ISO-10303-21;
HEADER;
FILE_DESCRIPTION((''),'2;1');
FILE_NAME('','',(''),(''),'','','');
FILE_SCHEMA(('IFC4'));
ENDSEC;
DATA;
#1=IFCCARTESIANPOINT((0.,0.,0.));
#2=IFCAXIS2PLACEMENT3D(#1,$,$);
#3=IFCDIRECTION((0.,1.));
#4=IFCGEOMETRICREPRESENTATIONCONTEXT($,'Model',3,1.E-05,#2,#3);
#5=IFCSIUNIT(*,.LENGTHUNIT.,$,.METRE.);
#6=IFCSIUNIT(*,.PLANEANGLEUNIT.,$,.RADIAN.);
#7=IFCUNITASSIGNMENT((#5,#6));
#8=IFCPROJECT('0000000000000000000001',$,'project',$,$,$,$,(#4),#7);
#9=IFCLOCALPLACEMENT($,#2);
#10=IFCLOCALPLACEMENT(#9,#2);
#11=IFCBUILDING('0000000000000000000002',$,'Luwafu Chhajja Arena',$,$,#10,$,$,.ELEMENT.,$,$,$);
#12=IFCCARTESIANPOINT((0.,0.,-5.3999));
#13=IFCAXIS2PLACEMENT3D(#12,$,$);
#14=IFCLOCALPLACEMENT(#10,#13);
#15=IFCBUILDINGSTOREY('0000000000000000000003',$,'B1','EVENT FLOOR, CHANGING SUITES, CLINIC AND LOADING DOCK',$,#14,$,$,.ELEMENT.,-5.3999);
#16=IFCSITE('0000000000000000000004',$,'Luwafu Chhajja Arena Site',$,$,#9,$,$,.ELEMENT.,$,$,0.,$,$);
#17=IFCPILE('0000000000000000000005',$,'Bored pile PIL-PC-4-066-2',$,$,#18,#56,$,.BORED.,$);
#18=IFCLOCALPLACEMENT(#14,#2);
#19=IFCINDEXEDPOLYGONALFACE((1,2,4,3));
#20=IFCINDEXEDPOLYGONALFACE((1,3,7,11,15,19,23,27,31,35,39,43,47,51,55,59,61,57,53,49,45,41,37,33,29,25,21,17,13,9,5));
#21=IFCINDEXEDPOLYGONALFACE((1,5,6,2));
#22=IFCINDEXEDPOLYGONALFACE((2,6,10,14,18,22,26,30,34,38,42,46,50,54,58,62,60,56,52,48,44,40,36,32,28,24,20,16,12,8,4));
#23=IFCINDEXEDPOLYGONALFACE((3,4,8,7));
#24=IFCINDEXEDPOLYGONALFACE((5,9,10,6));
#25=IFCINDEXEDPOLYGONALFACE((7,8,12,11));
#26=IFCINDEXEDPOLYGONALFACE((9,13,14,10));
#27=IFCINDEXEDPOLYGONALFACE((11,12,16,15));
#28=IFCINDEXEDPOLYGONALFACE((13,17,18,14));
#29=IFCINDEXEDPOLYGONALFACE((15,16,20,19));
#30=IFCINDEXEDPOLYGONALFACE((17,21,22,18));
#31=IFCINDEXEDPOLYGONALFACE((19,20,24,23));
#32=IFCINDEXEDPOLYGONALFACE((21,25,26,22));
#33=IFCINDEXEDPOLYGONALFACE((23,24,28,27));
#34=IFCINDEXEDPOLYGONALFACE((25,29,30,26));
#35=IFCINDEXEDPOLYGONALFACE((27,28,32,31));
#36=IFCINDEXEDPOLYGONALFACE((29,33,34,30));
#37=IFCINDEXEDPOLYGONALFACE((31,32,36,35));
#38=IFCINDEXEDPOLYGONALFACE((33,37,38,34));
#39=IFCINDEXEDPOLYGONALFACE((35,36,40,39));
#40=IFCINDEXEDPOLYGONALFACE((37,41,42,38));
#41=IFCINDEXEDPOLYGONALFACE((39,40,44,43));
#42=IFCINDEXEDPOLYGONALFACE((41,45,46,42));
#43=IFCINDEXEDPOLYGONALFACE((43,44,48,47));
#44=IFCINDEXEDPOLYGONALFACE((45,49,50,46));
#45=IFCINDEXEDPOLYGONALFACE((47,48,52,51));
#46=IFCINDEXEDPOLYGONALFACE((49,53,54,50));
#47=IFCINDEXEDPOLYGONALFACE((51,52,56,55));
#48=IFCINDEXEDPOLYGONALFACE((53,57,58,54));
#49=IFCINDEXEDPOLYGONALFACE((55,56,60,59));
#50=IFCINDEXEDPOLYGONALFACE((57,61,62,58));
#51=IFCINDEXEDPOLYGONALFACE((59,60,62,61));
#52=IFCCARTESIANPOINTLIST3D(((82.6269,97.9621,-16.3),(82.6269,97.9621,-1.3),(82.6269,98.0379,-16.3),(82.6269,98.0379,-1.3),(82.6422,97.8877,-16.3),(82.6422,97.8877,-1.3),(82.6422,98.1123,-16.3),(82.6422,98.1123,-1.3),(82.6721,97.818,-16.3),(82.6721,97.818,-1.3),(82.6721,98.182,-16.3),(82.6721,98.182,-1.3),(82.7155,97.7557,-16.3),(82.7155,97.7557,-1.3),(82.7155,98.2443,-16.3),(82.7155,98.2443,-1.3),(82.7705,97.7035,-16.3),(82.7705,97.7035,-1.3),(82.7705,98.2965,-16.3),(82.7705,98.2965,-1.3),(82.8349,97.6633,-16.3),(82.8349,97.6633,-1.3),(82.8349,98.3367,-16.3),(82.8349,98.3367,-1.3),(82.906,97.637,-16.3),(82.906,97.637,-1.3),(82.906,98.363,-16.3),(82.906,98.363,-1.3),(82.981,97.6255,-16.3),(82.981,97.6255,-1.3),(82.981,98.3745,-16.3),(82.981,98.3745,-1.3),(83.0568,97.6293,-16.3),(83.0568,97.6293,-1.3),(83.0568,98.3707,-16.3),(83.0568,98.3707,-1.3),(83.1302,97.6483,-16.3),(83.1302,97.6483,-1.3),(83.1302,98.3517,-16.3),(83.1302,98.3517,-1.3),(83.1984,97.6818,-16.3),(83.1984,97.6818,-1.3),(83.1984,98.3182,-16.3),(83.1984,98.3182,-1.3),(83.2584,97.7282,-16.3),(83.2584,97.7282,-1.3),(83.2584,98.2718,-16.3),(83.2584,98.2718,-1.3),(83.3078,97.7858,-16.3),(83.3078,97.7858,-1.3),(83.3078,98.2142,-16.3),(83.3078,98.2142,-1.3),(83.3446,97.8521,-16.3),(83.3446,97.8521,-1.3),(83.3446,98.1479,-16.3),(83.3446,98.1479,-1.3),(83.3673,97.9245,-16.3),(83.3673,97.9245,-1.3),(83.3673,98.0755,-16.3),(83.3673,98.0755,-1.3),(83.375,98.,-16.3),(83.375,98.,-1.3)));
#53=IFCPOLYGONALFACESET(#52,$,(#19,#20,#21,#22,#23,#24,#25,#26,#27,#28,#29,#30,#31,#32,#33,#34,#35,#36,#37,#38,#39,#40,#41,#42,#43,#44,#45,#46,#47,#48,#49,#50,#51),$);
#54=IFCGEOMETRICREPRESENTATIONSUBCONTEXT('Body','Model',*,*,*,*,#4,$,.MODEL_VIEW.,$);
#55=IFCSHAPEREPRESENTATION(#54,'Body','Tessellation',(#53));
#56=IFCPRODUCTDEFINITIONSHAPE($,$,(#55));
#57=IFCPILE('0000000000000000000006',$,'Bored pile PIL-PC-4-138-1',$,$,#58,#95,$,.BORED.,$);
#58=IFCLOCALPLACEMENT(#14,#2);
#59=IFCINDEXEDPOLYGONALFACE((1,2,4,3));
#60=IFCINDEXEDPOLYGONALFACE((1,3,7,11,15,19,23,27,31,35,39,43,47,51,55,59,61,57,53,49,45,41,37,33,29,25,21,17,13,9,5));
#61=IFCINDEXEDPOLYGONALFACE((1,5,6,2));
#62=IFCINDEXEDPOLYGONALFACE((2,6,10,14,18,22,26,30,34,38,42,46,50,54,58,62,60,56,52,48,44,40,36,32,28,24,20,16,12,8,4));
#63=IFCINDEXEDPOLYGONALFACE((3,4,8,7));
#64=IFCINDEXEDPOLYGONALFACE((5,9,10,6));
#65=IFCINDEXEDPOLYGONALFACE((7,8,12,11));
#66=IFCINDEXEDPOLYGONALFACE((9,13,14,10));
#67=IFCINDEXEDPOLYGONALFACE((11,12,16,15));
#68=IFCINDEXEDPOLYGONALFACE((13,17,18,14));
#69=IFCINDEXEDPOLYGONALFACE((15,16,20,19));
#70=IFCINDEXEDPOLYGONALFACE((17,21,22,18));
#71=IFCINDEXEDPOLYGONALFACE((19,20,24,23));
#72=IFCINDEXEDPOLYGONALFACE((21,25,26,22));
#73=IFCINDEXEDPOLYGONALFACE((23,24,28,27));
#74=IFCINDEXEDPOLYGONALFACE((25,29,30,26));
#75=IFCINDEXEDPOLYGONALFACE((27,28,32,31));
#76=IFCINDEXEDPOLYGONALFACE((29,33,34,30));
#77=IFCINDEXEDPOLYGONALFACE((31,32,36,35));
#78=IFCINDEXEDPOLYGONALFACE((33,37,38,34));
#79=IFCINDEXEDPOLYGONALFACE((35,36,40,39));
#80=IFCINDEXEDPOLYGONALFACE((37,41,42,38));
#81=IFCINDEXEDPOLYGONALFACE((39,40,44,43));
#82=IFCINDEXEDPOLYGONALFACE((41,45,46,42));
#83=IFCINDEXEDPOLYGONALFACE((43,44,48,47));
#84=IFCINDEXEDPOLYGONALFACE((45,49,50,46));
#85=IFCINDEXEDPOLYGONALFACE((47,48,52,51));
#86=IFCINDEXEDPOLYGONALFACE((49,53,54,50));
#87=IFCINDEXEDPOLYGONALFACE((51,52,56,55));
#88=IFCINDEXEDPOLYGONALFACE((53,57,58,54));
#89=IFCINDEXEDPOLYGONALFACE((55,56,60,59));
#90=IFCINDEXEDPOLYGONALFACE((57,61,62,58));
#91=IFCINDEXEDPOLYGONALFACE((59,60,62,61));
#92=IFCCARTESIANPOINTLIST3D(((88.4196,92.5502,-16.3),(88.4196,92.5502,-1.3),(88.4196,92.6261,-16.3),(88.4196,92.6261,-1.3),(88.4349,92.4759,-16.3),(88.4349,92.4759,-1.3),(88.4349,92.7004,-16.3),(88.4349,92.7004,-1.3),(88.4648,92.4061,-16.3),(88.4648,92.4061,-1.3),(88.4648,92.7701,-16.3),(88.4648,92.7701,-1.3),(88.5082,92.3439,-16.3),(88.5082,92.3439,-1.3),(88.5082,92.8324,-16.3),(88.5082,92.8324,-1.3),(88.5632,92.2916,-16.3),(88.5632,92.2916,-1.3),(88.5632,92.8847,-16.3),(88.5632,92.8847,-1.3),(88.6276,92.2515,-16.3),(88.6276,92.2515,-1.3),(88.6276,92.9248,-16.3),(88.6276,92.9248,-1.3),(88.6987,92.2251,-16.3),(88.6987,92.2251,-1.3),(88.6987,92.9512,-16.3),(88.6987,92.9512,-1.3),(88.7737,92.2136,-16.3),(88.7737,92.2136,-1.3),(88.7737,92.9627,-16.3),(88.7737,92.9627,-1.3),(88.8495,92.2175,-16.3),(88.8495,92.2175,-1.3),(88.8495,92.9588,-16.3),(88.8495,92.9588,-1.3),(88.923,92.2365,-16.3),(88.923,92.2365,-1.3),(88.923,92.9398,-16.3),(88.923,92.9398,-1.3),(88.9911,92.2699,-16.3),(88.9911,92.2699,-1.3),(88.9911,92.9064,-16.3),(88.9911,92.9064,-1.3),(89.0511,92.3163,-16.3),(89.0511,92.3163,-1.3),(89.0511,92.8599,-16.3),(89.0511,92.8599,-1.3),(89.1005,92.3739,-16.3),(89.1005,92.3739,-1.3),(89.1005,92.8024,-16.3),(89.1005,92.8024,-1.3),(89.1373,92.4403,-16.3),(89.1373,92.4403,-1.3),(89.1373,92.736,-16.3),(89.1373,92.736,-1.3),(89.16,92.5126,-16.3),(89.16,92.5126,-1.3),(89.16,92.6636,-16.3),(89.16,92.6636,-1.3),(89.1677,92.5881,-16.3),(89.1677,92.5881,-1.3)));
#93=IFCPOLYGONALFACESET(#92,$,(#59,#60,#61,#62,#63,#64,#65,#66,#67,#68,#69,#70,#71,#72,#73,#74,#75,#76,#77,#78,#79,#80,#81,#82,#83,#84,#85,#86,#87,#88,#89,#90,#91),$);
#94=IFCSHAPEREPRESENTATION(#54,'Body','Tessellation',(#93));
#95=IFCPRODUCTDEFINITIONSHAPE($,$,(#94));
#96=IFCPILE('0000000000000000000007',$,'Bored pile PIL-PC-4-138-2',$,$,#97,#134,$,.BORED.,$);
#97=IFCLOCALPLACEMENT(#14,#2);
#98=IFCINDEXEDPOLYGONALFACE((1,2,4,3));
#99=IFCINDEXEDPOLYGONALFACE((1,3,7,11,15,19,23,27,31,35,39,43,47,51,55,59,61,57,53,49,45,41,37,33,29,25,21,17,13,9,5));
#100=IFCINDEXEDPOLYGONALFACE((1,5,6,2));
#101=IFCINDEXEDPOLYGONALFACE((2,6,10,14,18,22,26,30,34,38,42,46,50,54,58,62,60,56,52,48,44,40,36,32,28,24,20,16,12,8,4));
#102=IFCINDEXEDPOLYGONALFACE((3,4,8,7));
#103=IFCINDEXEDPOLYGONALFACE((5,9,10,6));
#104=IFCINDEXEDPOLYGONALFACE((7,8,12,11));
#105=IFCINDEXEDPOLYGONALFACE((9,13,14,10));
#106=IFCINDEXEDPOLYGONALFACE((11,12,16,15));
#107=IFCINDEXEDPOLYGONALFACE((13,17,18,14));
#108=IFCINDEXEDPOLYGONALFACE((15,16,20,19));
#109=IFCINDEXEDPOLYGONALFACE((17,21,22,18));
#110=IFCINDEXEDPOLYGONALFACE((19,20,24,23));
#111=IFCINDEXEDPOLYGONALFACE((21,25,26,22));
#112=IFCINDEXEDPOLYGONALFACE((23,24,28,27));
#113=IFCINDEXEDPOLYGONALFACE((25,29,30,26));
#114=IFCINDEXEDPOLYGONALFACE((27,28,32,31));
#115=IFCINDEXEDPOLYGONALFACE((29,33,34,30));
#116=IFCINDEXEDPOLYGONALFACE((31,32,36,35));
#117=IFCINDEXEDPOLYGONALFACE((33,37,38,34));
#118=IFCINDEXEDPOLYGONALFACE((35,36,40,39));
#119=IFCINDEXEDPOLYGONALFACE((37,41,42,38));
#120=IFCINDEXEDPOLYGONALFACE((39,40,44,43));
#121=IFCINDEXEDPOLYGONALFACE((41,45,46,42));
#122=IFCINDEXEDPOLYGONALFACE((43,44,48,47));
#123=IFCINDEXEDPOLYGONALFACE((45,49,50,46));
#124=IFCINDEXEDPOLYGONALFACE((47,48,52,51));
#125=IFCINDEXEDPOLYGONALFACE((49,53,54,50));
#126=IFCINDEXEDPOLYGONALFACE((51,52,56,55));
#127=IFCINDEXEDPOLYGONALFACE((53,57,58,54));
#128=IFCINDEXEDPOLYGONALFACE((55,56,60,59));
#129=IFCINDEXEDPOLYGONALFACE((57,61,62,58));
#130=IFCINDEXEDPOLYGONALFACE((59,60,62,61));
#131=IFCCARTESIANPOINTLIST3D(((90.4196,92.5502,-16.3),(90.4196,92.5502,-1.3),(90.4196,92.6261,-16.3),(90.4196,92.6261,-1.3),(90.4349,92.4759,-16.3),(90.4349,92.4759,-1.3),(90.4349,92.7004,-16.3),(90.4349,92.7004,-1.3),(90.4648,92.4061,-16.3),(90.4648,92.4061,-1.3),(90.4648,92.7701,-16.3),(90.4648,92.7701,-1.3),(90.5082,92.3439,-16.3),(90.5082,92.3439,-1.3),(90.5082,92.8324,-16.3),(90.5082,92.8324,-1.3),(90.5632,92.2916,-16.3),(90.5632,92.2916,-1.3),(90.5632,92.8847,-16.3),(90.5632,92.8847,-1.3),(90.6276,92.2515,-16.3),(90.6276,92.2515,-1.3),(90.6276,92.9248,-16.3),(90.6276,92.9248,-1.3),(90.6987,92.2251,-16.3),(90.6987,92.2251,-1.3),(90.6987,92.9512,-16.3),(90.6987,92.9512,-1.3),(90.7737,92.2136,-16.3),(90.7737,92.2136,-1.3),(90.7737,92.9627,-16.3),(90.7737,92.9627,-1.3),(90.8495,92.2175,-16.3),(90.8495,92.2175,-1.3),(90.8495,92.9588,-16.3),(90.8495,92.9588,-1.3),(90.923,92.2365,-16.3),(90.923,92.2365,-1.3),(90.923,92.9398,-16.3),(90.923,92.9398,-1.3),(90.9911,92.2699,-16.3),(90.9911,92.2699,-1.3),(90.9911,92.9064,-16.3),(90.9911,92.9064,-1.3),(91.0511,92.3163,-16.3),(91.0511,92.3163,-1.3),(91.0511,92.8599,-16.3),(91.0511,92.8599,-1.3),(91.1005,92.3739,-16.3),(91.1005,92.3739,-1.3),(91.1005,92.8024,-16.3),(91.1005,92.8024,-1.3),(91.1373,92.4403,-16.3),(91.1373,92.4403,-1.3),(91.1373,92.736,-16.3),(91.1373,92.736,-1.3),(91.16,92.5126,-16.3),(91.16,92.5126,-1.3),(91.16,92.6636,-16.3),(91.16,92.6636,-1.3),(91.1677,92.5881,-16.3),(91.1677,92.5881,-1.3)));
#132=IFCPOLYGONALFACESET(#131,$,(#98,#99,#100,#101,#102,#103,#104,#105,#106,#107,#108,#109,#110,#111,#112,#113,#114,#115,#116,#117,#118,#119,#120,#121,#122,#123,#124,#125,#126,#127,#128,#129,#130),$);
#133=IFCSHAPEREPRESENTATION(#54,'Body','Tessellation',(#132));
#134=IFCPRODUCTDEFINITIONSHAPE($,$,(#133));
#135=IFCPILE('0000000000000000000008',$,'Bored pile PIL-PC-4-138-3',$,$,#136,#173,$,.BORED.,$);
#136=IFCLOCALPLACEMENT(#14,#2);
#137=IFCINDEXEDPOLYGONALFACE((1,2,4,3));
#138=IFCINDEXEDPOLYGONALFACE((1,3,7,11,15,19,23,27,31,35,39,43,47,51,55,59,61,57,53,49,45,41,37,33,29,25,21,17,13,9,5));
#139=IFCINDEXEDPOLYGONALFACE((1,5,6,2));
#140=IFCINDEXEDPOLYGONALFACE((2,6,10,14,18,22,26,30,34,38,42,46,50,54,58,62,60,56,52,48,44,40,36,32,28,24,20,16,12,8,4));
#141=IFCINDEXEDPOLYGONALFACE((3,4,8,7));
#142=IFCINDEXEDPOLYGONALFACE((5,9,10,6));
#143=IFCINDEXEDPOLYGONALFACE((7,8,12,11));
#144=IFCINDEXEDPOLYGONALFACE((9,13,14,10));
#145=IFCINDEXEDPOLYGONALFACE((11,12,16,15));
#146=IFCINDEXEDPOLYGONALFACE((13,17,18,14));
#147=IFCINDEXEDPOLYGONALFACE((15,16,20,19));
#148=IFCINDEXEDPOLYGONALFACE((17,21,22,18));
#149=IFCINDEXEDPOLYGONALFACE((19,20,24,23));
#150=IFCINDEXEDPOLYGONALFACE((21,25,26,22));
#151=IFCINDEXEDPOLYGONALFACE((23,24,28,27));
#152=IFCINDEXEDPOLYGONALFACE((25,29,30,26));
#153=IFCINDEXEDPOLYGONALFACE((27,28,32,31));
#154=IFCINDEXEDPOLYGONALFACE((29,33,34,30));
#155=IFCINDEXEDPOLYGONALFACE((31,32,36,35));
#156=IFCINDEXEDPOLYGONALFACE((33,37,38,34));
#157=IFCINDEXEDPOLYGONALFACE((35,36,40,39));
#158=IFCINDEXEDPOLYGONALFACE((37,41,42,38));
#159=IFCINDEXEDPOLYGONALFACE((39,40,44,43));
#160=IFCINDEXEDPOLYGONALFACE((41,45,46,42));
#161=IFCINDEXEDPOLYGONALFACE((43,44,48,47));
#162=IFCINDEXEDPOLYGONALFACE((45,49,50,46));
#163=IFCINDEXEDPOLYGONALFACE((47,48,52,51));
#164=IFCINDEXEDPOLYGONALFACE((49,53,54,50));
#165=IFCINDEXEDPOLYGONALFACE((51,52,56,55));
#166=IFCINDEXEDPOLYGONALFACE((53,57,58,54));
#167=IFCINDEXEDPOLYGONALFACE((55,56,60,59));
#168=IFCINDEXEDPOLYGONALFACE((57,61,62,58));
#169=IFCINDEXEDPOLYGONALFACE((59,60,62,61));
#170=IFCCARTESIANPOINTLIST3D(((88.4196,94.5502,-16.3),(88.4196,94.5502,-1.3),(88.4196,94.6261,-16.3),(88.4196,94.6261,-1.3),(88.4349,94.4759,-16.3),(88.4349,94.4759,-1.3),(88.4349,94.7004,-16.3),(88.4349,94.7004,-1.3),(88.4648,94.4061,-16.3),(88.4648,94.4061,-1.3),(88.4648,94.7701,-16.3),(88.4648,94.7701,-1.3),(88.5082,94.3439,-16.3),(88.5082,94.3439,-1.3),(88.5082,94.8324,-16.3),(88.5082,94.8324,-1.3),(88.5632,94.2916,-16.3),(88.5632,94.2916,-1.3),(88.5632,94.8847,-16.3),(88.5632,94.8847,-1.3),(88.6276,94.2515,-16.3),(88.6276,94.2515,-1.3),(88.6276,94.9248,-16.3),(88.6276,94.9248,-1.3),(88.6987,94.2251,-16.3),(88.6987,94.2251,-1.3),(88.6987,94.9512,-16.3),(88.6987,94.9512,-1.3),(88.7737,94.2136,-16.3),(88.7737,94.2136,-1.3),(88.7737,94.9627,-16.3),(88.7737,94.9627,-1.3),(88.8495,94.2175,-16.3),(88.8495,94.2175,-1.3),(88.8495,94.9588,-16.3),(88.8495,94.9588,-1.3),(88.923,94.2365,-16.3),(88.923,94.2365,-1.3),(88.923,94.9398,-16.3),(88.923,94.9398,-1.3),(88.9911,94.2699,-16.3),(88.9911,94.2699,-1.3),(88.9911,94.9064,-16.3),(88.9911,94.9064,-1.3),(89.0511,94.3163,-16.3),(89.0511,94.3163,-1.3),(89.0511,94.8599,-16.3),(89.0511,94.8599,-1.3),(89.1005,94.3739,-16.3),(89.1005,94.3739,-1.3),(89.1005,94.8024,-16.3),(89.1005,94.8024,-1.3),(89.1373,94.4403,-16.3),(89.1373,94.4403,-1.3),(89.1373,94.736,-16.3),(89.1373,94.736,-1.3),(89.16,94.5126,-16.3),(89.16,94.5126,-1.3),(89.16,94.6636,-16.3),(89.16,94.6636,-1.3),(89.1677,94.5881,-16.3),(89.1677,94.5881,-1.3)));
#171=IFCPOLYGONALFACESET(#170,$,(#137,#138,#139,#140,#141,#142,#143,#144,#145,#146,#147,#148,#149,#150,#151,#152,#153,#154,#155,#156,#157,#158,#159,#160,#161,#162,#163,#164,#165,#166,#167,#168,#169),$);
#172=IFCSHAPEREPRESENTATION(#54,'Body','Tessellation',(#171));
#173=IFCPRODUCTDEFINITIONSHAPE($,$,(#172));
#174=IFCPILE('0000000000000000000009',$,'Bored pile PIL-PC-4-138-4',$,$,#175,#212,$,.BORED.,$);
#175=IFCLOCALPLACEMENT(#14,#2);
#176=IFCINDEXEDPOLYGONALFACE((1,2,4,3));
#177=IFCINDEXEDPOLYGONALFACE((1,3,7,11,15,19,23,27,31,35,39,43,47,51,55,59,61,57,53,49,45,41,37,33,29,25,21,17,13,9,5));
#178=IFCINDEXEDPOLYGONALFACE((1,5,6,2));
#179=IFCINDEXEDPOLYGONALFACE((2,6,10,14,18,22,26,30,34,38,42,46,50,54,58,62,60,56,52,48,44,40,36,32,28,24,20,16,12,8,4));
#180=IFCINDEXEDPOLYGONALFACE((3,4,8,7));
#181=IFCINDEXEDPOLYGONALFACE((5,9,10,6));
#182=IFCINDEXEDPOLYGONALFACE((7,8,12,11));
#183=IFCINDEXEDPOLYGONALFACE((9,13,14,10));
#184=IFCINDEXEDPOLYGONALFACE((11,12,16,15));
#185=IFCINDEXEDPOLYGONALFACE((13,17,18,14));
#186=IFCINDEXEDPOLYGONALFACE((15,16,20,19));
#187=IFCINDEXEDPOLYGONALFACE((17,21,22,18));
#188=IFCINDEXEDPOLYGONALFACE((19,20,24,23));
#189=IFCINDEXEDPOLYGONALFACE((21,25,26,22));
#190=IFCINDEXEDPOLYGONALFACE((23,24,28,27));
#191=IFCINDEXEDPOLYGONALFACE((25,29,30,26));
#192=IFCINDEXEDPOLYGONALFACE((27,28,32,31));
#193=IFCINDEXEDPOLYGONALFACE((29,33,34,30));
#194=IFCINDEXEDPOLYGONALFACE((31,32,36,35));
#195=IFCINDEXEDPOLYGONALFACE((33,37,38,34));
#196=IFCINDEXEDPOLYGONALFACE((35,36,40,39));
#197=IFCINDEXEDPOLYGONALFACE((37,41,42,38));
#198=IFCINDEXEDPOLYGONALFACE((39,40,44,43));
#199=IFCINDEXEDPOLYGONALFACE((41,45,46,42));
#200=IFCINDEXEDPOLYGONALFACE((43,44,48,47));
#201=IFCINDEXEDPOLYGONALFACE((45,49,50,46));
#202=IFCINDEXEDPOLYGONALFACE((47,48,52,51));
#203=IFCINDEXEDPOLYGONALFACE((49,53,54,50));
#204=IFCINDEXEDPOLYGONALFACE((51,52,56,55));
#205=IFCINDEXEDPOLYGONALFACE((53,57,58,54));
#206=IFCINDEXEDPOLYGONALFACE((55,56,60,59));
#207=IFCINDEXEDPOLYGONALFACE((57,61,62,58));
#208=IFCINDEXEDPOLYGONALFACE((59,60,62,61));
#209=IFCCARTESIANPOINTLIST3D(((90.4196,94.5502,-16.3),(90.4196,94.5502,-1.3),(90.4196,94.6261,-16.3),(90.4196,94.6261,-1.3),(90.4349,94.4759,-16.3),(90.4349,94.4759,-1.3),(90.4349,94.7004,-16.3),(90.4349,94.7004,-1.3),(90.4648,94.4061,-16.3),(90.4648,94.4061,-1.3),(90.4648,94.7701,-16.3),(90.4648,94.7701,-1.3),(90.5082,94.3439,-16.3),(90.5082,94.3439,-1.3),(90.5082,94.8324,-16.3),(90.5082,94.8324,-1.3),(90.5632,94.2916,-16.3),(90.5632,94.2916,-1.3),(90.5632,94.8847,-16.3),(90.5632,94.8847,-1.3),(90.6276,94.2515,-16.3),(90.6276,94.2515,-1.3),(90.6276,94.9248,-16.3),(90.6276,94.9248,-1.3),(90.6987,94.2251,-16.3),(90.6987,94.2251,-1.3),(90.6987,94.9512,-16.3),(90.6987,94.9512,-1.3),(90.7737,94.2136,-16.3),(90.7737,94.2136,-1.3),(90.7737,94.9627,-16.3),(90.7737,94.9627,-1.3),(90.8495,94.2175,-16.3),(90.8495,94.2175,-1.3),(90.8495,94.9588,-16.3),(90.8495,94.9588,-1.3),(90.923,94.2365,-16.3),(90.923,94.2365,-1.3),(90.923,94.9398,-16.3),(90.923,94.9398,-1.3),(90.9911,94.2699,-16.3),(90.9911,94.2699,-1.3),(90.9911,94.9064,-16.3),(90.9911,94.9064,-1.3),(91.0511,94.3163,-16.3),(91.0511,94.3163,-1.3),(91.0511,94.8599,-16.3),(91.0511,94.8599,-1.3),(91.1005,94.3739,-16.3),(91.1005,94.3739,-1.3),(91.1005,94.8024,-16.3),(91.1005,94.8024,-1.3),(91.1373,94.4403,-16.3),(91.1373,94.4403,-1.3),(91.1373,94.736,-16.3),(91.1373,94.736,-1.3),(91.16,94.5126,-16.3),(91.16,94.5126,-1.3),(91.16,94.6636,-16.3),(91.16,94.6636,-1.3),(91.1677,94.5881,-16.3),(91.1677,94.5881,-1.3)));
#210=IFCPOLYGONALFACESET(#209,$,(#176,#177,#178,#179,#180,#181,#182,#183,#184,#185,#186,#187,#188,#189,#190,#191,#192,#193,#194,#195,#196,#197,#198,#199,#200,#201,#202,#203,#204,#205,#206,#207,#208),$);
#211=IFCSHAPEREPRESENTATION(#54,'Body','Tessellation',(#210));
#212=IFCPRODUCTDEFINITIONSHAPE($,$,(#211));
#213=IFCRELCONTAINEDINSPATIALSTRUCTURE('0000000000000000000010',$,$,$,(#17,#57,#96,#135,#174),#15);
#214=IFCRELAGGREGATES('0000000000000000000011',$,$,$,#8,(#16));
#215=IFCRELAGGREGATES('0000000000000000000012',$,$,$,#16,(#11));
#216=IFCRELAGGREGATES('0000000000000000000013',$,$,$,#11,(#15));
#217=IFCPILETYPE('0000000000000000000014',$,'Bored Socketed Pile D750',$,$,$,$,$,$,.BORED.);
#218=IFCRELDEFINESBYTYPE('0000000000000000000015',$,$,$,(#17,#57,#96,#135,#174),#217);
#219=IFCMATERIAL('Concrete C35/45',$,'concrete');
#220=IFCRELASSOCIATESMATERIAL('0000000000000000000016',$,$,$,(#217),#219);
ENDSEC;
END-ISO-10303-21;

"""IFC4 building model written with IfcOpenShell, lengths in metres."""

from ifc_helpers import new_model, si_unit, direction, frame, origin, origin_2d, place, context, subcontext, project, spatial, circle, extrude, material, material_profile, profile_set, type_object, element, save


model = new_model("IFC4")

# Units and contexts
model_context = context("Model", 3, precision=1e-05, world=origin(), true_north=direction((0.0, 1.0)))
body_context = subcontext(model_context, "Body", "Model", "MODEL_VIEW")
ifc_project = project(units=[si_unit("LENGTHUNIT", "METRE"), si_unit("PLANEANGLEUNIT", "RADIAN")], contexts=[model_context])

# Site, building, storey
site_placement = place(None, origin())
site = spatial("IfcSite", under=ifc_project, at=site_placement, Name="Luwafu Chhajja Arena Site", CompositionType="ELEMENT", RefElevation=0.0)
building_placement = place(site_placement, origin())
building = spatial("IfcBuilding", under=site, at=building_placement, Name="Luwafu Chhajja Arena", CompositionType="ELEMENT")
storey_placement = place(building_placement, frame((0.0, 0.0, -5.3999)))
storey = spatial("IfcBuildingStorey", under=building, at=storey_placement, Name="B1", Description="EVENT FLOOR, CHANGING SUITES, CLINIC AND LOADING DOCK", CompositionType="ELEMENT", Elevation=-5.3999)

# Piles
ifc_material_1 = material(Name="Concrete C35/45", Category="concrete")
ifc_material_profile_1 = material_profile(ifc_material_1, circle(Radius=0.375, at=origin_2d()), Name="PILE D750")
ifc_profile_set_1 = profile_set([ifc_material_profile_1], Name="Concrete C35/45")
pile_type_1 = type_object("IfcPileType", Name="Bored Socketed Pile D750", PredefinedType="BORED", material=ifc_profile_set_1)
for number, where, z_axis, x_axis, name in (
    (1, (83.0, 98.0, -1.3), (0.0, 0.0, -1.0), (1.0, 0.0, 0.0), "Bored pile PIL-PC-4-066-2"),
    (2, (88.7927, 92.5881, -1.3), (0.0, 0.0, -1.0), (1.0, 0.0, 0.0), "Bored pile PIL-PC-4-138-1"),
    (3, (90.7927, 92.5881, -1.3), (0.0, 0.0, -1.0), (1.0, 0.0, 0.0), "Bored pile PIL-PC-4-138-2"),
    (4, (88.7927, 94.5881, -1.3), (0.0, 0.0, -1.0), (1.0, 0.0, 0.0), "Bored pile PIL-PC-4-138-3"),
    (5, (90.7927, 94.5881, -1.3), (0.0, 0.0, -1.0), (1.0, 0.0, 0.0), "Bored pile PIL-PC-4-138-4"),
):
    element("IfcPile", number, at=place(storey_placement, frame(where, z_axis=z_axis, x_axis=x_axis)), inside=storey, type_object=pile_type_1, Name=name, PredefinedType="BORED", context=body_context, shape_type="SweptSolid", body=[
        extrude(circle(Radius=0.375, at=origin_2d()), origin(), (0.0, 0.0, 1.0), 15.0),
    ])

save(model, "model.ifc")
